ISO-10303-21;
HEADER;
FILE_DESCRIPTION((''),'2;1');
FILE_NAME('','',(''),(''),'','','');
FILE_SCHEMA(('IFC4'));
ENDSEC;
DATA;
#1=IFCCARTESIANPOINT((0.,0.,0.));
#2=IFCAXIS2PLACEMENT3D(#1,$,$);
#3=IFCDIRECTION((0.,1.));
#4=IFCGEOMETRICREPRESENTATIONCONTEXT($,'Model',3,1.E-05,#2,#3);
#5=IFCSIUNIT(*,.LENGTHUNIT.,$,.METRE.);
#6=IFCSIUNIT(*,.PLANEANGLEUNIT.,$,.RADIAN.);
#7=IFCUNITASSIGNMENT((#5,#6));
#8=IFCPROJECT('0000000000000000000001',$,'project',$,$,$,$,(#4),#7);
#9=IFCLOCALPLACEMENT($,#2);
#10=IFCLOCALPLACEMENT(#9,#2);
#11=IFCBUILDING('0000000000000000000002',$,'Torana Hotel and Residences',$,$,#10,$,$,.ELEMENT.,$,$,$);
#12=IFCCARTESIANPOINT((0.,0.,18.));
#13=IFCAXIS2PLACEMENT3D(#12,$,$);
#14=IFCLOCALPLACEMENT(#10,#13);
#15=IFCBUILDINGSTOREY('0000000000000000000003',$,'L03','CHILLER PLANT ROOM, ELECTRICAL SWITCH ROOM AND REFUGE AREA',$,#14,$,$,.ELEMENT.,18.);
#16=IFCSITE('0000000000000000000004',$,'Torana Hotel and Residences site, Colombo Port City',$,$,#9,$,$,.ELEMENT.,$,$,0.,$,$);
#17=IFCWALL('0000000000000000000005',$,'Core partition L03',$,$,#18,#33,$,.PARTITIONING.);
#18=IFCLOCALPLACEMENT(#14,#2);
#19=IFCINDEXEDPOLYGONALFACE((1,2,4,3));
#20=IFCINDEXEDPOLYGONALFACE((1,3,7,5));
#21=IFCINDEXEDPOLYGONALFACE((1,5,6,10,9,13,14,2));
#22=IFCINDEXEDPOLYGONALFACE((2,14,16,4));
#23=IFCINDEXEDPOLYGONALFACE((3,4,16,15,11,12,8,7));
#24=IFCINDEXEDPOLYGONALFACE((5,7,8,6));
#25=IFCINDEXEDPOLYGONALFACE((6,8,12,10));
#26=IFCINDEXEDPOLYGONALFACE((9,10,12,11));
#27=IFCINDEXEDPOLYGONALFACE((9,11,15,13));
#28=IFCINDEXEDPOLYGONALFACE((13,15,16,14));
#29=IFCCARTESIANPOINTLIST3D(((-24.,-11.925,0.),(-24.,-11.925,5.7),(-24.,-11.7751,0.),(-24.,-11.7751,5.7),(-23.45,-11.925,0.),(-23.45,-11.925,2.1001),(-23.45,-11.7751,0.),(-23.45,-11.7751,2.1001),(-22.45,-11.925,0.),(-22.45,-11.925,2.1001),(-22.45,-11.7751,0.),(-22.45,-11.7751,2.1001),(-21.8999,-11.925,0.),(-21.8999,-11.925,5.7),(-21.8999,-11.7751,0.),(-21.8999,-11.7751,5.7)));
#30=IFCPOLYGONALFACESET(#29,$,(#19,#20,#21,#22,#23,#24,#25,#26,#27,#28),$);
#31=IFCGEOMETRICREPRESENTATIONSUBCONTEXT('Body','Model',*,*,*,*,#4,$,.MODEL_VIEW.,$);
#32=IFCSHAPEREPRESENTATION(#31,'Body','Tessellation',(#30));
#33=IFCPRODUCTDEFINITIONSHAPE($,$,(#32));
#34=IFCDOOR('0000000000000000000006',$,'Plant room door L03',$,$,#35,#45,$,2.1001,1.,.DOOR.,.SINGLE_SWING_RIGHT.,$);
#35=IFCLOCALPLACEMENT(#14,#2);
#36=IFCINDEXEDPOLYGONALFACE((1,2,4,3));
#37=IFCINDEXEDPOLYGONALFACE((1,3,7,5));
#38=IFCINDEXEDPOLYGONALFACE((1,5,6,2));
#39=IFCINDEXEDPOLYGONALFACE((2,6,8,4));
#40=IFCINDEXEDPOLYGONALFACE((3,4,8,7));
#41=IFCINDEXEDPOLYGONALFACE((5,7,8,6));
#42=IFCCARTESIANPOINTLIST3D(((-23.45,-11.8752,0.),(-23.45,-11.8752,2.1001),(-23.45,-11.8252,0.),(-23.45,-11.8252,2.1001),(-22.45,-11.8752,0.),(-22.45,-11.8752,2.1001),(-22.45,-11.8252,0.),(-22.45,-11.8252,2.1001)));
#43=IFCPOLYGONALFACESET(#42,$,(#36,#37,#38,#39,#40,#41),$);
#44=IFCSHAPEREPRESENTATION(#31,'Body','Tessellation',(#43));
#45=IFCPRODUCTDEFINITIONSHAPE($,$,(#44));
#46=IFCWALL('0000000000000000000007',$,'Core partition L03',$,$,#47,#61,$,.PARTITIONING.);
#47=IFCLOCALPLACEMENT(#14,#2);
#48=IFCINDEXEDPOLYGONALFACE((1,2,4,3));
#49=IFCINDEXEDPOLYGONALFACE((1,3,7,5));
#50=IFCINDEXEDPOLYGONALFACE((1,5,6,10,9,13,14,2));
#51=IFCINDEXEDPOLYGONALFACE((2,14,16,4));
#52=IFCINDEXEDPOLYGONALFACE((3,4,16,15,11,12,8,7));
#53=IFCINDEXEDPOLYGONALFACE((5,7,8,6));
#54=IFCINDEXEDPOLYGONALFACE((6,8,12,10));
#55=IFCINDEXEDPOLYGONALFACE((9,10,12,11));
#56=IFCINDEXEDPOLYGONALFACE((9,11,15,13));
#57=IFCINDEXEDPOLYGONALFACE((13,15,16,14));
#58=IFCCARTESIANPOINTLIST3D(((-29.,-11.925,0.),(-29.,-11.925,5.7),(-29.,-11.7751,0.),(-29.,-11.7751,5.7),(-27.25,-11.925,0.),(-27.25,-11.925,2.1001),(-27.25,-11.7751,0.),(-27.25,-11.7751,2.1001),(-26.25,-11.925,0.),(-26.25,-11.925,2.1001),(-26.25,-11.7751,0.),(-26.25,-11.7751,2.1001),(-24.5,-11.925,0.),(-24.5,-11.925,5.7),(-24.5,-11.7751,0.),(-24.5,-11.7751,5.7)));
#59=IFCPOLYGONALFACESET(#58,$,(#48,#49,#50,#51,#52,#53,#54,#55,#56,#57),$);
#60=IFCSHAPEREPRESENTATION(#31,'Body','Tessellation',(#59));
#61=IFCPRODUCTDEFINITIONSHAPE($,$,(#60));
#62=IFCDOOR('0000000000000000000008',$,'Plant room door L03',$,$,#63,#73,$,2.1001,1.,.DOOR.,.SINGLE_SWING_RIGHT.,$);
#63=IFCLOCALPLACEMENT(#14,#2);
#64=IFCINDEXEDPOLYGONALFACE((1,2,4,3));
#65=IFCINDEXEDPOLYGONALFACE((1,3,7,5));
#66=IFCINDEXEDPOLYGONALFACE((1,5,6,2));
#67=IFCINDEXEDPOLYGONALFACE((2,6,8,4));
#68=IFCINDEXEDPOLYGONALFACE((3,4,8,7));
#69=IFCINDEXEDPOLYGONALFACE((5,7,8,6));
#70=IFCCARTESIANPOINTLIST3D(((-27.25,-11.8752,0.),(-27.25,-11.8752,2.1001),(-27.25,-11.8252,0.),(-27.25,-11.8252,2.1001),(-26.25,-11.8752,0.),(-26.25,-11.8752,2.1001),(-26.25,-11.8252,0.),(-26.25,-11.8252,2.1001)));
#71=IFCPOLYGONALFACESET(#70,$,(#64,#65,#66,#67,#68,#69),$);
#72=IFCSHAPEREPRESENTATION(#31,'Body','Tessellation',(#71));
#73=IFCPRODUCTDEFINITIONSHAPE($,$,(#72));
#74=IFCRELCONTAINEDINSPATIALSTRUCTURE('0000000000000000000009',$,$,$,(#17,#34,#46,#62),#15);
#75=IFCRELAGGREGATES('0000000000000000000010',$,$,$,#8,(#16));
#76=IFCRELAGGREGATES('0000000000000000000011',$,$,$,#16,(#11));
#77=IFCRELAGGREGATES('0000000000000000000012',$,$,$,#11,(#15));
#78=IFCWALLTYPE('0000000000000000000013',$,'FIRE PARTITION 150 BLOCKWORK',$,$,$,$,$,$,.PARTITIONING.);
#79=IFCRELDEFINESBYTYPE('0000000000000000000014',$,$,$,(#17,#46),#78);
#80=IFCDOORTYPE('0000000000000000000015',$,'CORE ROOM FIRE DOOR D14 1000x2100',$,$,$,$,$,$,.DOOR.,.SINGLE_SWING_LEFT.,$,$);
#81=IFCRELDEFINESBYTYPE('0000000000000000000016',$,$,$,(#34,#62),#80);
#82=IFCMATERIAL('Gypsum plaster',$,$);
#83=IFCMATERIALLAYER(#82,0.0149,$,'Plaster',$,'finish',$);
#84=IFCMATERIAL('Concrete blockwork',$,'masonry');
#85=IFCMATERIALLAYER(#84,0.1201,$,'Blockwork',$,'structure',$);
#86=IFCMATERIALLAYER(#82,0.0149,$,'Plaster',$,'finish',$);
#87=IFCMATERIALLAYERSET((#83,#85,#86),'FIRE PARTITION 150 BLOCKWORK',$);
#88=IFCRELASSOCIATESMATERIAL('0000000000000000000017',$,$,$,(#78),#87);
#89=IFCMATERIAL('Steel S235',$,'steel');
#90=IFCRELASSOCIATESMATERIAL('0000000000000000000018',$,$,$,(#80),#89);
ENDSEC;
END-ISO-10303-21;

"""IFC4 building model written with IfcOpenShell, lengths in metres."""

from ifc_helpers import new_model, si_unit, direction, frame, frame_2d, origin, place, context, subcontext, project, spatial, rectangle, extrude, material, layer, layer_set, type_object, element, fill, save


model = new_model("IFC4")

# Units and contexts
model_context = context("Model", 3, precision=1e-05, world=origin(), true_north=direction((0.0, 1.0)))
body_context = subcontext(model_context, "Body", "Model", "MODEL_VIEW")
ifc_project = project(units=[si_unit("LENGTHUNIT", "METRE"), si_unit("PLANEANGLEUNIT", "RADIAN")], contexts=[model_context])

# Site, building, storey
site_placement = place(None, origin())
site = spatial("IfcSite", under=ifc_project, at=site_placement, Name="Torana Hotel and Residences site, Colombo Port City", CompositionType="ELEMENT", RefElevation=0.0)
building_placement = place(site_placement, origin())
building = spatial("IfcBuilding", under=site, at=building_placement, Name="Torana Hotel and Residences", CompositionType="ELEMENT")
storey_placement = place(building_placement, frame((0.0, 0.0, 18.0)))
storey = spatial("IfcBuildingStorey", under=building, at=storey_placement, Name="L03", Description="CHILLER PLANT ROOM, ELECTRICAL SWITCH ROOM AND REFUGE AREA", CompositionType="ELEMENT", Elevation=18.0)

# Walls, openings, doors
ifc_material_1 = material(Name="Gypsum plaster")
ifc_layer_1 = layer(ifc_material_1, 0.0149, Name="Plaster", Category="finish")
ifc_material_2 = material(Name="Concrete blockwork", Category="masonry")
ifc_layer_2 = layer(ifc_material_2, 0.1201, Name="Blockwork", Category="structure")
ifc_layer_3 = layer(ifc_material_1, 0.0149, Name="Plaster", Category="finish")
ifc_layer_set_1 = layer_set([ifc_layer_1, ifc_layer_2, ifc_layer_3], Name="FIRE PARTITION 150 BLOCKWORK")
wall_type_1 = type_object("IfcWallType", Name="FIRE PARTITION 150 BLOCKWORK", PredefinedType="PARTITIONING", material=ifc_layer_set_1)
wall_1_placement = place(storey_placement, frame((-24.0, -11.8501, 0.0), z_axis=(0.0, 0.0, 1.0), x_axis=(1.0, 0.0, 0.0)))
wall_1 = element("IfcWall", 1, at=wall_1_placement, inside=storey, type_object=wall_type_1, Name="Core partition L03", PredefinedType="PARTITIONING", context=body_context, shape_type="SweptSolid", body=[
    extrude(rectangle(XDim=2.1001, YDim=0.1499, at=frame_2d((1.05, 0.0))), origin(), (0.0, 0.0, 1.0), 5.7),
])
opening_1_placement = place(wall_1_placement, frame((0.55, 0.0, 0.0)))
opening_1 = element("IfcOpeningElement", 2, at=opening_1_placement, cuts=wall_1, PredefinedType="OPENING", context=body_context, shape_type="SweptSolid", body=[
    extrude(rectangle(XDim=1.0, YDim=2.1001, at=frame_2d((0.5, 1.05))), frame((0.0, 0.085, 0.0), z_axis=(0.0, -1.0, 0.0), x_axis=(1.0, 0.0, 0.0)), (0.0, 0.0, 1.0), 0.1699),
])
ifc_material_3 = material(Name="Steel S235", Category="steel")
door_type_1 = type_object("IfcDoorType", Name="CORE ROOM FIRE DOOR D14 1000x2100", OperationType="SINGLE_SWING_LEFT", PredefinedType="DOOR", material=ifc_material_3)
door_1_placement = place(opening_1_placement, origin())
door_1 = element("IfcDoor", 3, at=door_1_placement, inside=storey, type_object=door_type_1, Name="Plant room door L03", OperationType="SINGLE_SWING_RIGHT", OverallHeight=2.1001, OverallWidth=1.0, PredefinedType="DOOR", context=body_context, shape_type="SweptSolid", body=[
    extrude(rectangle(XDim=1.0, YDim=2.1001, at=frame_2d((0.5, 1.05))), frame((0.0, 0.0249, 0.0), z_axis=(0.0, -1.0, 0.0), x_axis=(1.0, 0.0, 0.0)), (0.0, 0.0, 1.0), 0.05),
])
fill(opening_1, door_1)
wall_2_placement = place(storey_placement, frame((-29.0, -11.8501, 0.0), z_axis=(0.0, 0.0, 1.0), x_axis=(1.0, 0.0, 0.0)))
wall_2 = element("IfcWall", 4, at=wall_2_placement, inside=storey, type_object=wall_type_1, Name="Core partition L03", PredefinedType="PARTITIONING", context=body_context, shape_type="SweptSolid", body=[
    extrude(rectangle(XDim=4.5, YDim=0.1499, at=frame_2d((2.25, 0.0))), origin(), (0.0, 0.0, 1.0), 5.7),
])
opening_2_placement = place(wall_2_placement, frame((1.75, 0.0, 0.0)))
opening_2 = element("IfcOpeningElement", 5, at=opening_2_placement, cuts=wall_2, PredefinedType="OPENING", context=body_context, shape_type="SweptSolid", body=[
    extrude(rectangle(XDim=1.0, YDim=2.1001, at=frame_2d((0.5, 1.05))), frame((0.0, 0.085, 0.0), z_axis=(0.0, -1.0, 0.0), x_axis=(1.0, 0.0, 0.0)), (0.0, 0.0, 1.0), 0.1699),
])
door_2_placement = place(opening_2_placement, origin())
door_2 = element("IfcDoor", 6, at=door_2_placement, inside=storey, type_object=door_type_1, Name="Plant room door L03", OperationType="SINGLE_SWING_RIGHT", OverallHeight=2.1001, OverallWidth=1.0, PredefinedType="DOOR", context=body_context, shape_type="SweptSolid", body=[
    extrude(rectangle(XDim=1.0, YDim=2.1001, at=frame_2d((0.5, 1.05))), frame((0.0, 0.0249, 0.0), z_axis=(0.0, -1.0, 0.0), x_axis=(1.0, 0.0, 0.0)), (0.0, 0.0, 1.0), 0.05),
])
fill(opening_2, door_2)

save(model, "model.ifc")
